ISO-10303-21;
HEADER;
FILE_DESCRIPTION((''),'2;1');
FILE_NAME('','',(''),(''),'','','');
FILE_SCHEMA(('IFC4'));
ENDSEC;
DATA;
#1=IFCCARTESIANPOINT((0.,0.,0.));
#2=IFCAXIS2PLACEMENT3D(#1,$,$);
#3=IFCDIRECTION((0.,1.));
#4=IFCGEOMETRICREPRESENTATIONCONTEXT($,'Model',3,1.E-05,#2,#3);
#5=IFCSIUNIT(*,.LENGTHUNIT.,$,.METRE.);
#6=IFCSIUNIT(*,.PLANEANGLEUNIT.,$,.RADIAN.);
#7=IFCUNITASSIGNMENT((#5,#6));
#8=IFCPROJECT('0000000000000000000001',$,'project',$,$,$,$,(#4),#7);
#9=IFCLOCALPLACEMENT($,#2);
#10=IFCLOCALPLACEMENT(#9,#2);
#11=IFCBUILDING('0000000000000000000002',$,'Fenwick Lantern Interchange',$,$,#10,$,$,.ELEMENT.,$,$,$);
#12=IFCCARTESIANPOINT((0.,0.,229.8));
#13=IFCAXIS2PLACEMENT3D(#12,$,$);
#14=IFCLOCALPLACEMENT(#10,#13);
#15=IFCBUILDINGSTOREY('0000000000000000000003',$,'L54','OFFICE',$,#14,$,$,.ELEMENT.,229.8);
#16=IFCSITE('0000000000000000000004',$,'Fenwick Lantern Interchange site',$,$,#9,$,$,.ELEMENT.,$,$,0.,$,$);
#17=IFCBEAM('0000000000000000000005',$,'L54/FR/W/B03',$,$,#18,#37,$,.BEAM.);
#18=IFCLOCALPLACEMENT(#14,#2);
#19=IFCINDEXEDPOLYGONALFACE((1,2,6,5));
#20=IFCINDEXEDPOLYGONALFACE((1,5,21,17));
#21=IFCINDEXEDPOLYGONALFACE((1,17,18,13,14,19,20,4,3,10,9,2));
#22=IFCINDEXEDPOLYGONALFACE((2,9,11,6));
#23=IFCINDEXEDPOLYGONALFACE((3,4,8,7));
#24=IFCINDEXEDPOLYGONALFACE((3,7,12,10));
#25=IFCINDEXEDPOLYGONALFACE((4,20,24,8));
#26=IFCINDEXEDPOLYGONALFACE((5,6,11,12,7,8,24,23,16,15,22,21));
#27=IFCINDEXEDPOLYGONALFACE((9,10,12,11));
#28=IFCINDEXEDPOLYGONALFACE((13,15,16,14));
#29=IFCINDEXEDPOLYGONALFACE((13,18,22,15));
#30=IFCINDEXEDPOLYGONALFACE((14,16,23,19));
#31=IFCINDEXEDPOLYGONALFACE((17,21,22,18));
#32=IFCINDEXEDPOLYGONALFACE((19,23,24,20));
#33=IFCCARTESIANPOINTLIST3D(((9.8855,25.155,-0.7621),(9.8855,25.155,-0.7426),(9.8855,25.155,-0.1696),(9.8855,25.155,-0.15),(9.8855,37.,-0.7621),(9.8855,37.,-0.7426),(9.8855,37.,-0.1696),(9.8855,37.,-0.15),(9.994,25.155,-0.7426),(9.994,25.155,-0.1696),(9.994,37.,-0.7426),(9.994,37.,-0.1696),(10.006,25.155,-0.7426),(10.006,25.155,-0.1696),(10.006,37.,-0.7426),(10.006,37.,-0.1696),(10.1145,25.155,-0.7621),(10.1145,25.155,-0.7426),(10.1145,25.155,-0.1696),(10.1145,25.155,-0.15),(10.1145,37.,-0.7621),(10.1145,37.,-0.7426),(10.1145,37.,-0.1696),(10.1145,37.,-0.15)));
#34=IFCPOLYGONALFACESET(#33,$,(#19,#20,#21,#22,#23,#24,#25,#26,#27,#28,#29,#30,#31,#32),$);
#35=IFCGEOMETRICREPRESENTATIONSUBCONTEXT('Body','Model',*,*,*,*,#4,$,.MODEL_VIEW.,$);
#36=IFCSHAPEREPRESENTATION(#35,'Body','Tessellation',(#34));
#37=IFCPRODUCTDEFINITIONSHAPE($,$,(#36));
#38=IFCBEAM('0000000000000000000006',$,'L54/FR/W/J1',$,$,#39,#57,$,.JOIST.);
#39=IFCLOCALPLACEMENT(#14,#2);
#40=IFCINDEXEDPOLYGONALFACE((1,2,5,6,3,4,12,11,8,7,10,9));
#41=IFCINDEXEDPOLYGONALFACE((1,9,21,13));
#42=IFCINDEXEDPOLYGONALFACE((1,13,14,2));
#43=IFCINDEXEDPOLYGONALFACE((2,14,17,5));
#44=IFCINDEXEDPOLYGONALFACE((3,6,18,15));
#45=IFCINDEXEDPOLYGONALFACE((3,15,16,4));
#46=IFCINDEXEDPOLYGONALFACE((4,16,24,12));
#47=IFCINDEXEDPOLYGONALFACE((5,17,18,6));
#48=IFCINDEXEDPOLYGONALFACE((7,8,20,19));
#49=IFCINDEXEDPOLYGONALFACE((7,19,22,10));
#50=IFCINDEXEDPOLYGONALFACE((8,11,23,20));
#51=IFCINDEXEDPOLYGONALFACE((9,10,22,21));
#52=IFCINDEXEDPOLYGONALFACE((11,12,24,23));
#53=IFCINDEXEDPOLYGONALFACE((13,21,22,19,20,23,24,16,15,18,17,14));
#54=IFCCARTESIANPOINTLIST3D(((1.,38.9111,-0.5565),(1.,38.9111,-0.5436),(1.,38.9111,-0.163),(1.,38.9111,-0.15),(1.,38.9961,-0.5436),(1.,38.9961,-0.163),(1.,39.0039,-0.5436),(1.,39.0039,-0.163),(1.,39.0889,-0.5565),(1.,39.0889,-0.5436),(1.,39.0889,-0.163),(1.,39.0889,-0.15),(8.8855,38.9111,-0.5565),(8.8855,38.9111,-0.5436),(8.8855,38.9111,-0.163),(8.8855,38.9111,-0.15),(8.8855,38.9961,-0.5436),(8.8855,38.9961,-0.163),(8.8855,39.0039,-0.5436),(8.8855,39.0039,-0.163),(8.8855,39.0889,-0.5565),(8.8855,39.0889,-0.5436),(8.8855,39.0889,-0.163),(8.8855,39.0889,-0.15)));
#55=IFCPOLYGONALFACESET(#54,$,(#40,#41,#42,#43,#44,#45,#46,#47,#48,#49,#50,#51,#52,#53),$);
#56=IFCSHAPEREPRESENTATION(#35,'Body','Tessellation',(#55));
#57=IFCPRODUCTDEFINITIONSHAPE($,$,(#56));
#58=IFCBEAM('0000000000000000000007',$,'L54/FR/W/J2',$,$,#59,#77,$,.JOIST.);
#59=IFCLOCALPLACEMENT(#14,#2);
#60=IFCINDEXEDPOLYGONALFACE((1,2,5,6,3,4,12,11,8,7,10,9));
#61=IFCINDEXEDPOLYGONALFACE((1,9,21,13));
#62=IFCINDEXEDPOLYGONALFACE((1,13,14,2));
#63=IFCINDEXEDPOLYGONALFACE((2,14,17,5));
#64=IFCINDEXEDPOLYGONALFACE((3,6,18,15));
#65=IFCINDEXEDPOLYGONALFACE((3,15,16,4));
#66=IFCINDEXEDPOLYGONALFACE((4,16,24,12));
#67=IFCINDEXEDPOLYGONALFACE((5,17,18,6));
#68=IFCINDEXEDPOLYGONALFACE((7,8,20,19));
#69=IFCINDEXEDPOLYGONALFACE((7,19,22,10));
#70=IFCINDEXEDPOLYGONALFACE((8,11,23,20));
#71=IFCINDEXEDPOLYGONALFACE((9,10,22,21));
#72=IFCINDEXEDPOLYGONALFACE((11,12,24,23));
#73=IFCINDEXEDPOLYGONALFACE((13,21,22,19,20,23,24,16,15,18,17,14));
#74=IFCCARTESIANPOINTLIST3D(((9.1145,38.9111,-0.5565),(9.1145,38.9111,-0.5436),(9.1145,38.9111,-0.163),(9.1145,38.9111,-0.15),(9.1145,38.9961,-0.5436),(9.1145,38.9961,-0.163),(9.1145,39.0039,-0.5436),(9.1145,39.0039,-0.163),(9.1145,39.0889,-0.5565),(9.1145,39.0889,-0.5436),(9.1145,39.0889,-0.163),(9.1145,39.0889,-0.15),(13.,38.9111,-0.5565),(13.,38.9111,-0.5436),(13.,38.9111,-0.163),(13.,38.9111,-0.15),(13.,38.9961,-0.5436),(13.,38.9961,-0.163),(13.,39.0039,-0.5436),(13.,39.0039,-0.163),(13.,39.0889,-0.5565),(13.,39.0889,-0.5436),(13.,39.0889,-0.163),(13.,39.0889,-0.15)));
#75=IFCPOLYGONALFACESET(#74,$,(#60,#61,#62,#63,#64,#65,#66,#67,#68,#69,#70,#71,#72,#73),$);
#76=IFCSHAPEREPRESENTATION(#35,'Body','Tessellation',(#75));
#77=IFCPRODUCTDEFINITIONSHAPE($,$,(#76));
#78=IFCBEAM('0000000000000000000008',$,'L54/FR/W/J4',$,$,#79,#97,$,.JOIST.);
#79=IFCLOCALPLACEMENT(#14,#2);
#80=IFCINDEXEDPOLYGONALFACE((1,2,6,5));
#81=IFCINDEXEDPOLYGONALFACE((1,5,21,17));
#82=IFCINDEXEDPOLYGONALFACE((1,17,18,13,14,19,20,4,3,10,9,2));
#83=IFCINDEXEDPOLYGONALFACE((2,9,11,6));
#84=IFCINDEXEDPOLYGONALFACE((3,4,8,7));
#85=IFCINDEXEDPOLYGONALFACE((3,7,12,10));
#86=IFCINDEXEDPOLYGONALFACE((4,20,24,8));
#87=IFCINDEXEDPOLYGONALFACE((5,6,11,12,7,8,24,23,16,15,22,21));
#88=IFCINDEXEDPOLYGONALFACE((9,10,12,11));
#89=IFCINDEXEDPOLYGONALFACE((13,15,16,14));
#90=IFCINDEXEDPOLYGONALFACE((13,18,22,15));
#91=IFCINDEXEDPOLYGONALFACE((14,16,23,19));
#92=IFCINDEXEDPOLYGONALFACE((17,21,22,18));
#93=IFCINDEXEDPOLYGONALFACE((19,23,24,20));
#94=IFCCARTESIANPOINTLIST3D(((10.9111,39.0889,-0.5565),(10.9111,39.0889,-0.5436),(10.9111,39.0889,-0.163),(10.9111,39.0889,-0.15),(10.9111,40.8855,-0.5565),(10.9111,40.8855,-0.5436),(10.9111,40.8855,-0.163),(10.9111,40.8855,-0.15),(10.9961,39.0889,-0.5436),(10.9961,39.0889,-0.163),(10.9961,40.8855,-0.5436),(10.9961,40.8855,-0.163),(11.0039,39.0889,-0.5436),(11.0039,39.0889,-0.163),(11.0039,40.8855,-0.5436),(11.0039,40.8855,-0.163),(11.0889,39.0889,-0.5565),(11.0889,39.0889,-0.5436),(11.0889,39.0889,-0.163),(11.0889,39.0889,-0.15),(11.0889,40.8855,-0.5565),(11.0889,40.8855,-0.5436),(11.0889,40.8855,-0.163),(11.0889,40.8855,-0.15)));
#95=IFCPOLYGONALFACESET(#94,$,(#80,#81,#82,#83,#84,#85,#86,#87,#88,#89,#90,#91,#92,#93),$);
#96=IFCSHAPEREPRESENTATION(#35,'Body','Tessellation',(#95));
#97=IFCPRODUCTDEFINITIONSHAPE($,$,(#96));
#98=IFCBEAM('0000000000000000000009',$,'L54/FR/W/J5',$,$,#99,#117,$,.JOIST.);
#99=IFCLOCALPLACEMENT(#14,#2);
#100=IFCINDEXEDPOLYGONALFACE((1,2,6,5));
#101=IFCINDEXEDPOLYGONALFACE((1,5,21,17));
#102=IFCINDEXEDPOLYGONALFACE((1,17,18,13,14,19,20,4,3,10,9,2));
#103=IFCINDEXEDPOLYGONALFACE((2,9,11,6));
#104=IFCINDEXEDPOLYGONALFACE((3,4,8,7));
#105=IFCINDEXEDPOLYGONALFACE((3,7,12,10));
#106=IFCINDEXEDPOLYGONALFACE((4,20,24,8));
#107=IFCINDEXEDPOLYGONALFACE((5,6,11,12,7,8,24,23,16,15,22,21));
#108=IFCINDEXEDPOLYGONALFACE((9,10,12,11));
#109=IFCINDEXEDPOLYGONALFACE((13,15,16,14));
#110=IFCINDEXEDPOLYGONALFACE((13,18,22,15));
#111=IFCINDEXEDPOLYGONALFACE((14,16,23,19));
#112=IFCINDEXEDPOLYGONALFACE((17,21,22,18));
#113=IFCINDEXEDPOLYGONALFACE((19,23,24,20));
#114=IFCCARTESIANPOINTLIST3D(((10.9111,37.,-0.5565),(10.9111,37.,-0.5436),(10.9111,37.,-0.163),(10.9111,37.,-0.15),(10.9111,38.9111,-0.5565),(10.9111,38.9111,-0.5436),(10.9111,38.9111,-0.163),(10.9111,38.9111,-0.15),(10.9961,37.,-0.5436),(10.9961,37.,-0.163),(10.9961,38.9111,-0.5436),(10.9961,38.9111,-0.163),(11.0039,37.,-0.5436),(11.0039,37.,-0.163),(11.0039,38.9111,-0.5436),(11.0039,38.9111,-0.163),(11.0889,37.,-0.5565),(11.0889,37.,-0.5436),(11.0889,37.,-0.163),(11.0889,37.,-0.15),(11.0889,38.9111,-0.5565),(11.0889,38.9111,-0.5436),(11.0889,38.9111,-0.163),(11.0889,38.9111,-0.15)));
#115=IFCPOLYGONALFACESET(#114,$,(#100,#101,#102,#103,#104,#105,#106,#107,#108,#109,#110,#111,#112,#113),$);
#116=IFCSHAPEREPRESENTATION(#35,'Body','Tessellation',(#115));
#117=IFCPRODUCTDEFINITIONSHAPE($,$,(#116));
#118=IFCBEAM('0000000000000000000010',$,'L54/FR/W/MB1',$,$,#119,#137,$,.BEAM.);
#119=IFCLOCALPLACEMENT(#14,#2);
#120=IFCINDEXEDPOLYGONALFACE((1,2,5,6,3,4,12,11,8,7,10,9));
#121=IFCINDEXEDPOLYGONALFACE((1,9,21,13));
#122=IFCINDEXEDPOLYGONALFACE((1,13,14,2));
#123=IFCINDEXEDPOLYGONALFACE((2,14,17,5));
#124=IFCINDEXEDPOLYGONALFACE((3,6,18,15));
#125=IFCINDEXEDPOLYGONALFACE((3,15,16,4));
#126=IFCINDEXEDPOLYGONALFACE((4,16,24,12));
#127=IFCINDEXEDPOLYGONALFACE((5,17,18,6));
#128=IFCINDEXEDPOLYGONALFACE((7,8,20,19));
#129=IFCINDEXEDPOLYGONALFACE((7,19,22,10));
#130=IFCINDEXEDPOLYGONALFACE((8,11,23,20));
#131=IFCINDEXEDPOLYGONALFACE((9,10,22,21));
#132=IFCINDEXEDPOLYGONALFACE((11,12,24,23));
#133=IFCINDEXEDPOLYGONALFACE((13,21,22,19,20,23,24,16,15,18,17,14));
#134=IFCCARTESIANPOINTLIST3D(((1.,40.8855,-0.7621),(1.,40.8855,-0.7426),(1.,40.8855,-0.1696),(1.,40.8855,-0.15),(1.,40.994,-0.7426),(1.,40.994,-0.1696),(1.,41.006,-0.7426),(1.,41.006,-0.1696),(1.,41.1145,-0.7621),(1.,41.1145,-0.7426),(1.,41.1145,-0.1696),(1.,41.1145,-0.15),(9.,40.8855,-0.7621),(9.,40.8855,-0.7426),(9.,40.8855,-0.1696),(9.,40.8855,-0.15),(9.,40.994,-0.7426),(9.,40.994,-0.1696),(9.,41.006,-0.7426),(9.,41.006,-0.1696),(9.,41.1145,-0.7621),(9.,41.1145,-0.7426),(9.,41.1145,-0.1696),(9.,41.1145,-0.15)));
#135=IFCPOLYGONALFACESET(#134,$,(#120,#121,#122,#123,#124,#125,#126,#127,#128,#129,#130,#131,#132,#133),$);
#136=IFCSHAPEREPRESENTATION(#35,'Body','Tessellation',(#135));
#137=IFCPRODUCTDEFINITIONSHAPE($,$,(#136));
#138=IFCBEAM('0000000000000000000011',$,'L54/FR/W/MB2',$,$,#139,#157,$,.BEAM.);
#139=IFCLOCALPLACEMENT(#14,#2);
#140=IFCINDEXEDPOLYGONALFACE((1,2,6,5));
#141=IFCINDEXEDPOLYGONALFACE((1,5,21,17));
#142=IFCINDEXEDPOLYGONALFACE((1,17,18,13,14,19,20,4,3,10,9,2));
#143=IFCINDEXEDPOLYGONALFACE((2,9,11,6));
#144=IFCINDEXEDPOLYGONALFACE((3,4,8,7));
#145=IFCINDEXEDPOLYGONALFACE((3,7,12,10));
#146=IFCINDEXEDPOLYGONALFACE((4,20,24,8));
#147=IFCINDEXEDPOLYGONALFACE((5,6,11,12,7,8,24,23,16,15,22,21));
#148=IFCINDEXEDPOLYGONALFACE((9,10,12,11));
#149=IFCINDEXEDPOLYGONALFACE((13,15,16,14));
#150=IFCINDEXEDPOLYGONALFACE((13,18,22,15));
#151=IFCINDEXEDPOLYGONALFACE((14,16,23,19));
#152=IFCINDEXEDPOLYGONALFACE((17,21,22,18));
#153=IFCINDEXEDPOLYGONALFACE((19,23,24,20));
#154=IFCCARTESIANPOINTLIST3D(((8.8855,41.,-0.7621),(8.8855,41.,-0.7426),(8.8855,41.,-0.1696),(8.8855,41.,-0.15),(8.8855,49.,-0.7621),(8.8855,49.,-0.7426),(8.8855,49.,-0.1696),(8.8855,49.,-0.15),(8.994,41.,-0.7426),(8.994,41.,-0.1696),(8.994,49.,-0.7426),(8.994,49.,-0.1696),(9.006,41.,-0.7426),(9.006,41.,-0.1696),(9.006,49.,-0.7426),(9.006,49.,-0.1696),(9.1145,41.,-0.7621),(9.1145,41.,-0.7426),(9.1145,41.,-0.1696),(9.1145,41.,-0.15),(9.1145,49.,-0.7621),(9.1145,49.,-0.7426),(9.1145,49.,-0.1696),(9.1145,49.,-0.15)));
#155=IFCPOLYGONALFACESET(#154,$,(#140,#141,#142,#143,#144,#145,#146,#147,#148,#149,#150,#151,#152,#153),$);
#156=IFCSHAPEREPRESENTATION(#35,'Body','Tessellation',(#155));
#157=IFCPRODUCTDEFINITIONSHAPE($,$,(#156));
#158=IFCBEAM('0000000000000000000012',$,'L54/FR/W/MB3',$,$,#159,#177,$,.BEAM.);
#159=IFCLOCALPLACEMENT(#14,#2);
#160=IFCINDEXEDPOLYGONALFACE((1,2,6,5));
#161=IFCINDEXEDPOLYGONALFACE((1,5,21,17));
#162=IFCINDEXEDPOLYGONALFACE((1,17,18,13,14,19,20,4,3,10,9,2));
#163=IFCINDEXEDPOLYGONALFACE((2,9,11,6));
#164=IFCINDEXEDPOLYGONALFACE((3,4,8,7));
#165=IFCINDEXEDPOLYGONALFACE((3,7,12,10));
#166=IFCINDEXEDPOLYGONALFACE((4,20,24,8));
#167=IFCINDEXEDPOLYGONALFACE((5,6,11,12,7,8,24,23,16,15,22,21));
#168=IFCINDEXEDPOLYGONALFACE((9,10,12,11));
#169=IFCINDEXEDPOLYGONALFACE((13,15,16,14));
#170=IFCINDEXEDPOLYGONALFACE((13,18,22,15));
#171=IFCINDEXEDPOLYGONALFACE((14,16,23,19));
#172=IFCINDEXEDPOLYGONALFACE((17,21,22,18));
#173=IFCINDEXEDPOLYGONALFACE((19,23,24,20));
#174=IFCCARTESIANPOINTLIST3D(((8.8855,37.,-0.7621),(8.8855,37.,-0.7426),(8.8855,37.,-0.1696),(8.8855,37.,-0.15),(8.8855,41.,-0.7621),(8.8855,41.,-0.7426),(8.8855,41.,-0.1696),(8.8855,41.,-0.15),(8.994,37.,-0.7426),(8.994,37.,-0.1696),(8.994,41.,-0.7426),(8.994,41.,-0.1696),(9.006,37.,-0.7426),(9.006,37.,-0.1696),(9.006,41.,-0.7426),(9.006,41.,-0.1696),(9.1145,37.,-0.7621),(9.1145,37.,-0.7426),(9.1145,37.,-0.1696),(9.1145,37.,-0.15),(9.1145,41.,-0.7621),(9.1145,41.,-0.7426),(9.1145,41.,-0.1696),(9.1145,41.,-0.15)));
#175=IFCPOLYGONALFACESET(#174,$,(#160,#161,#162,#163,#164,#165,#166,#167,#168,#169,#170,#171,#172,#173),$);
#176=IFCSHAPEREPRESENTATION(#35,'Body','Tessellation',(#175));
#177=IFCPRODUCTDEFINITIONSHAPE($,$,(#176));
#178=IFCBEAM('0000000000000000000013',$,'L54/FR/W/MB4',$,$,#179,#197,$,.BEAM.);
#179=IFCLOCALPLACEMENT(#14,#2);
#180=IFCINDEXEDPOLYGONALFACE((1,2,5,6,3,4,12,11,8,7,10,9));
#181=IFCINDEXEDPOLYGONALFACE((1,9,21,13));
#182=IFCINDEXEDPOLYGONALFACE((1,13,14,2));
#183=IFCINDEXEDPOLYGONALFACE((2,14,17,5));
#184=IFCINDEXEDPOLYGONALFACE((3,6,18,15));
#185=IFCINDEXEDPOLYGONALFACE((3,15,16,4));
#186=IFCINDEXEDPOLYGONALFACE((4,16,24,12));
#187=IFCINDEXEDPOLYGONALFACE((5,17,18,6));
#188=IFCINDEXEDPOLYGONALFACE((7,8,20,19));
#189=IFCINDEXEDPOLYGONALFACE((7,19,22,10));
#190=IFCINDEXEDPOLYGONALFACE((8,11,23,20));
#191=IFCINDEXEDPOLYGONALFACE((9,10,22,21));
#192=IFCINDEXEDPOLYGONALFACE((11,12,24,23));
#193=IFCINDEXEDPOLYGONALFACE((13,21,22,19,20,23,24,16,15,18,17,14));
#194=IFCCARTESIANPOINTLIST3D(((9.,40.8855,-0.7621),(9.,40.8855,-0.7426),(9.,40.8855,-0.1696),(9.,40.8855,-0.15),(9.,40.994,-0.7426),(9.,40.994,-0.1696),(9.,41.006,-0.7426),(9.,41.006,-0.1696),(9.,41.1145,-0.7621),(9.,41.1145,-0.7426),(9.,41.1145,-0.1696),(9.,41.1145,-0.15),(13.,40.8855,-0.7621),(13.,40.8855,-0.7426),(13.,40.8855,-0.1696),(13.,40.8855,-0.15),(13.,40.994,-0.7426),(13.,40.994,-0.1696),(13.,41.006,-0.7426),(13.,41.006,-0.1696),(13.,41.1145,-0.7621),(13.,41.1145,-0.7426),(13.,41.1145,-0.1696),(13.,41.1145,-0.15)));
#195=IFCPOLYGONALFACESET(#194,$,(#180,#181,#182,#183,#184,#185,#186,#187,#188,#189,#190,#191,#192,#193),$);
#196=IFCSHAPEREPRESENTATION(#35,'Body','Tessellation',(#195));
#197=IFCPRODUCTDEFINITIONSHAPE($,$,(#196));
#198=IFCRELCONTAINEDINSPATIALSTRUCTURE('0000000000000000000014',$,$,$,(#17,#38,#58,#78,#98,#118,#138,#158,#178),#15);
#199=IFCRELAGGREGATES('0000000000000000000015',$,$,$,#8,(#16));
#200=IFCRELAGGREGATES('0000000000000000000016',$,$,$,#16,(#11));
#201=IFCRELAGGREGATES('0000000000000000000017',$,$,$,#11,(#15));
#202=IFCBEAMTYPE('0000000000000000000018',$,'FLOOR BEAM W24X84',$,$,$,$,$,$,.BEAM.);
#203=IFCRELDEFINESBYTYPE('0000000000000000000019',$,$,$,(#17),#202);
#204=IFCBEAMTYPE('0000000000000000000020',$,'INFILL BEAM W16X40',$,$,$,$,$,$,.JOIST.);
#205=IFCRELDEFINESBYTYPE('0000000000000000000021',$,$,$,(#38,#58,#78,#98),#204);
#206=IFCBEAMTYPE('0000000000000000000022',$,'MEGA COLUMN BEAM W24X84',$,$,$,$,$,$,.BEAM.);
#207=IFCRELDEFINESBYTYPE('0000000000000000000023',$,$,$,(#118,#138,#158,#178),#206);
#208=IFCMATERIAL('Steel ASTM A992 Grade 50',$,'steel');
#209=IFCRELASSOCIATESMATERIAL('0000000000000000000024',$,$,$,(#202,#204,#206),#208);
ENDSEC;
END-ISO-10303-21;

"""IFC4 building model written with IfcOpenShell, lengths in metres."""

from ifc_helpers import new_model, si_unit, direction, frame, origin, origin_2d, place, context, subcontext, project, spatial, i_section, extrude, material, material_profile, profile_set, type_object, element, save


model = new_model("IFC4")

# Units and contexts
model_context = context("Model", 3, precision=1e-05, world=origin(), true_north=direction((0.0, 1.0)))
body_context = subcontext(model_context, "Body", "Model", "MODEL_VIEW")
ifc_project = project(units=[si_unit("LENGTHUNIT", "METRE"), si_unit("PLANEANGLEUNIT", "RADIAN")], contexts=[model_context])

# Site, building, storey
site_placement = place(None, origin())
site = spatial("IfcSite", under=ifc_project, at=site_placement, Name="Fenwick Lantern Interchange site", CompositionType="ELEMENT", RefElevation=0.0)
building_placement = place(site_placement, origin())
building = spatial("IfcBuilding", under=site, at=building_placement, Name="Fenwick Lantern Interchange", CompositionType="ELEMENT")
storey_placement = place(building_placement, frame((0.0, 0.0, 229.8)))
storey = spatial("IfcBuildingStorey", under=building, at=storey_placement, Name="L54", Description="OFFICE", CompositionType="ELEMENT", Elevation=229.8)

# Shared definitions
ifc_material_1 = material(Name="Steel ASTM A992 Grade 50", Category="steel")

# Beams
ifc_material_profile_1 = material_profile(ifc_material_1, i_section(OverallWidth=0.229, OverallDepth=0.6121, WebThickness=0.012, FlangeThickness=0.0195, at=origin_2d()), Name="W24X84")
ifc_profile_set_1 = profile_set([ifc_material_profile_1], Name="Steel ASTM A992 Grade 50")
beam_type_1 = type_object("IfcBeamType", Name="FLOOR BEAM W24X84", PredefinedType="BEAM", material=ifc_profile_set_1)
for number, where, z_axis, x_axis, name in (
    (1, (10.0, 37.0, -0.4561), (0.0, -1.0, 0.0), (1.0, 0.0, 0.0), "L54/FR/W/B03"),
):
    element("IfcBeam", number, at=place(storey_placement, frame(where, z_axis=z_axis, x_axis=x_axis)), inside=storey, type_object=beam_type_1, Name=name, PredefinedType="BEAM", context=body_context, shape_type="SweptSolid", body=[
        extrude(i_section(OverallWidth=0.229, OverallDepth=0.6121, WebThickness=0.012, FlangeThickness=0.0195, at=origin_2d()), origin(), (0.0, 0.0, 1.0), 11.845),
    ])
ifc_material_profile_2 = material_profile(ifc_material_1, i_section(OverallWidth=0.1777, OverallDepth=0.4065, WebThickness=0.0078, FlangeThickness=0.0129, at=origin_2d()), Name="W16X40")
ifc_profile_set_2 = profile_set([ifc_material_profile_2], Name="Steel ASTM A992 Grade 50")
beam_type_2 = type_object("IfcBeamType", Name="INFILL BEAM W16X40", PredefinedType="JOIST", material=ifc_profile_set_2)
beam_1_placement = place(storey_placement, frame((1.0, 39.0, -0.3533), z_axis=(1.0, 0.0, 0.0), x_axis=(0.0, 1.0, 0.0)))
element("IfcBeam", 2, at=beam_1_placement, inside=storey, type_object=beam_type_2, Name="L54/FR/W/J1", PredefinedType="JOIST", context=body_context, shape_type="SweptSolid", body=[
    extrude(i_section(OverallWidth=0.1777, OverallDepth=0.4065, WebThickness=0.0078, FlangeThickness=0.0129, at=origin_2d()), origin(), (0.0, 0.0, 1.0), 7.8855),
])
beam_2_placement = place(storey_placement, frame((9.1145, 39.0, -0.3533), z_axis=(1.0, 0.0, 0.0), x_axis=(0.0, 1.0, 0.0)))
element("IfcBeam", 3, at=beam_2_placement, inside=storey, type_object=beam_type_2, Name="L54/FR/W/J2", PredefinedType="JOIST", context=body_context, shape_type="SweptSolid", body=[
    extrude(i_section(OverallWidth=0.1777, OverallDepth=0.4065, WebThickness=0.0078, FlangeThickness=0.0129, at=origin_2d()), origin(), (0.0, 0.0, 1.0), 3.8855),
])
beam_3_placement = place(storey_placement, frame((11.0, 40.8855, -0.3533), z_axis=(0.0, -1.0, 0.0), x_axis=(1.0, 0.0, 0.0)))
element("IfcBeam", 4, at=beam_3_placement, inside=storey, type_object=beam_type_2, Name="L54/FR/W/J4", PredefinedType="JOIST", context=body_context, shape_type="SweptSolid", body=[
    extrude(i_section(OverallWidth=0.1777, OverallDepth=0.4065, WebThickness=0.0078, FlangeThickness=0.0129, at=origin_2d()), origin(), (0.0, 0.0, 1.0), 1.7966),
])
beam_4_placement = place(storey_placement, frame((11.0, 38.9111, -0.3533), z_axis=(0.0, -1.0, 0.0), x_axis=(1.0, 0.0, 0.0)))
element("IfcBeam", 5, at=beam_4_placement, inside=storey, type_object=beam_type_2, Name="L54/FR/W/J5", PredefinedType="JOIST", context=body_context, shape_type="SweptSolid", body=[
    extrude(i_section(OverallWidth=0.1777, OverallDepth=0.4065, WebThickness=0.0078, FlangeThickness=0.0129, at=origin_2d()), origin(), (0.0, 0.0, 1.0), 1.9111),
])
ifc_material_profile_3 = material_profile(ifc_material_1, i_section(OverallWidth=0.229, OverallDepth=0.6121, WebThickness=0.012, FlangeThickness=0.0195, at=origin_2d()), Name="W24X84")
ifc_profile_set_3 = profile_set([ifc_material_profile_3], Name="Steel ASTM A992 Grade 50")
beam_type_3 = type_object("IfcBeamType", Name="MEGA COLUMN BEAM W24X84", PredefinedType="BEAM", material=ifc_profile_set_3)
for number, where, z_axis, x_axis, name in (
    (6, (9.0, 41.0, -0.4561), (-1.0, 0.0, 0.0), (0.0, -1.0, 0.0), "L54/FR/W/MB1"),
    (7, (9.0, 41.0, -0.4561), (0.0, 1.0, 0.0), (-1.0, 0.0, 0.0), "L54/FR/W/MB2"),
):
    element("IfcBeam", number, at=place(storey_placement, frame(where, z_axis=z_axis, x_axis=x_axis)), inside=storey, type_object=beam_type_3, Name=name, PredefinedType="BEAM", context=body_context, shape_type="SweptSolid", body=[
        extrude(i_section(OverallWidth=0.229, OverallDepth=0.6121, WebThickness=0.012, FlangeThickness=0.0195, at=origin_2d()), origin(), (0.0, 0.0, 1.0), 8.0),
    ])
for number, where, z_axis, x_axis, name in (
    (8, (9.0, 41.0, -0.4561), (0.0, -1.0, 0.0), (1.0, 0.0, 0.0), "L54/FR/W/MB3"),
    (9, (9.0, 41.0, -0.4561), (1.0, 0.0, 0.0), (0.0, 1.0, 0.0), "L54/FR/W/MB4"),
):
    element("IfcBeam", number, at=place(storey_placement, frame(where, z_axis=z_axis, x_axis=x_axis)), inside=storey, type_object=beam_type_3, Name=name, PredefinedType="BEAM", context=body_context, shape_type="SweptSolid", body=[
        extrude(i_section(OverallWidth=0.229, OverallDepth=0.6121, WebThickness=0.012, FlangeThickness=0.0195, at=origin_2d()), origin(), (0.0, 0.0, 1.0), 4.0),
    ])

save(model, "model.ifc")
